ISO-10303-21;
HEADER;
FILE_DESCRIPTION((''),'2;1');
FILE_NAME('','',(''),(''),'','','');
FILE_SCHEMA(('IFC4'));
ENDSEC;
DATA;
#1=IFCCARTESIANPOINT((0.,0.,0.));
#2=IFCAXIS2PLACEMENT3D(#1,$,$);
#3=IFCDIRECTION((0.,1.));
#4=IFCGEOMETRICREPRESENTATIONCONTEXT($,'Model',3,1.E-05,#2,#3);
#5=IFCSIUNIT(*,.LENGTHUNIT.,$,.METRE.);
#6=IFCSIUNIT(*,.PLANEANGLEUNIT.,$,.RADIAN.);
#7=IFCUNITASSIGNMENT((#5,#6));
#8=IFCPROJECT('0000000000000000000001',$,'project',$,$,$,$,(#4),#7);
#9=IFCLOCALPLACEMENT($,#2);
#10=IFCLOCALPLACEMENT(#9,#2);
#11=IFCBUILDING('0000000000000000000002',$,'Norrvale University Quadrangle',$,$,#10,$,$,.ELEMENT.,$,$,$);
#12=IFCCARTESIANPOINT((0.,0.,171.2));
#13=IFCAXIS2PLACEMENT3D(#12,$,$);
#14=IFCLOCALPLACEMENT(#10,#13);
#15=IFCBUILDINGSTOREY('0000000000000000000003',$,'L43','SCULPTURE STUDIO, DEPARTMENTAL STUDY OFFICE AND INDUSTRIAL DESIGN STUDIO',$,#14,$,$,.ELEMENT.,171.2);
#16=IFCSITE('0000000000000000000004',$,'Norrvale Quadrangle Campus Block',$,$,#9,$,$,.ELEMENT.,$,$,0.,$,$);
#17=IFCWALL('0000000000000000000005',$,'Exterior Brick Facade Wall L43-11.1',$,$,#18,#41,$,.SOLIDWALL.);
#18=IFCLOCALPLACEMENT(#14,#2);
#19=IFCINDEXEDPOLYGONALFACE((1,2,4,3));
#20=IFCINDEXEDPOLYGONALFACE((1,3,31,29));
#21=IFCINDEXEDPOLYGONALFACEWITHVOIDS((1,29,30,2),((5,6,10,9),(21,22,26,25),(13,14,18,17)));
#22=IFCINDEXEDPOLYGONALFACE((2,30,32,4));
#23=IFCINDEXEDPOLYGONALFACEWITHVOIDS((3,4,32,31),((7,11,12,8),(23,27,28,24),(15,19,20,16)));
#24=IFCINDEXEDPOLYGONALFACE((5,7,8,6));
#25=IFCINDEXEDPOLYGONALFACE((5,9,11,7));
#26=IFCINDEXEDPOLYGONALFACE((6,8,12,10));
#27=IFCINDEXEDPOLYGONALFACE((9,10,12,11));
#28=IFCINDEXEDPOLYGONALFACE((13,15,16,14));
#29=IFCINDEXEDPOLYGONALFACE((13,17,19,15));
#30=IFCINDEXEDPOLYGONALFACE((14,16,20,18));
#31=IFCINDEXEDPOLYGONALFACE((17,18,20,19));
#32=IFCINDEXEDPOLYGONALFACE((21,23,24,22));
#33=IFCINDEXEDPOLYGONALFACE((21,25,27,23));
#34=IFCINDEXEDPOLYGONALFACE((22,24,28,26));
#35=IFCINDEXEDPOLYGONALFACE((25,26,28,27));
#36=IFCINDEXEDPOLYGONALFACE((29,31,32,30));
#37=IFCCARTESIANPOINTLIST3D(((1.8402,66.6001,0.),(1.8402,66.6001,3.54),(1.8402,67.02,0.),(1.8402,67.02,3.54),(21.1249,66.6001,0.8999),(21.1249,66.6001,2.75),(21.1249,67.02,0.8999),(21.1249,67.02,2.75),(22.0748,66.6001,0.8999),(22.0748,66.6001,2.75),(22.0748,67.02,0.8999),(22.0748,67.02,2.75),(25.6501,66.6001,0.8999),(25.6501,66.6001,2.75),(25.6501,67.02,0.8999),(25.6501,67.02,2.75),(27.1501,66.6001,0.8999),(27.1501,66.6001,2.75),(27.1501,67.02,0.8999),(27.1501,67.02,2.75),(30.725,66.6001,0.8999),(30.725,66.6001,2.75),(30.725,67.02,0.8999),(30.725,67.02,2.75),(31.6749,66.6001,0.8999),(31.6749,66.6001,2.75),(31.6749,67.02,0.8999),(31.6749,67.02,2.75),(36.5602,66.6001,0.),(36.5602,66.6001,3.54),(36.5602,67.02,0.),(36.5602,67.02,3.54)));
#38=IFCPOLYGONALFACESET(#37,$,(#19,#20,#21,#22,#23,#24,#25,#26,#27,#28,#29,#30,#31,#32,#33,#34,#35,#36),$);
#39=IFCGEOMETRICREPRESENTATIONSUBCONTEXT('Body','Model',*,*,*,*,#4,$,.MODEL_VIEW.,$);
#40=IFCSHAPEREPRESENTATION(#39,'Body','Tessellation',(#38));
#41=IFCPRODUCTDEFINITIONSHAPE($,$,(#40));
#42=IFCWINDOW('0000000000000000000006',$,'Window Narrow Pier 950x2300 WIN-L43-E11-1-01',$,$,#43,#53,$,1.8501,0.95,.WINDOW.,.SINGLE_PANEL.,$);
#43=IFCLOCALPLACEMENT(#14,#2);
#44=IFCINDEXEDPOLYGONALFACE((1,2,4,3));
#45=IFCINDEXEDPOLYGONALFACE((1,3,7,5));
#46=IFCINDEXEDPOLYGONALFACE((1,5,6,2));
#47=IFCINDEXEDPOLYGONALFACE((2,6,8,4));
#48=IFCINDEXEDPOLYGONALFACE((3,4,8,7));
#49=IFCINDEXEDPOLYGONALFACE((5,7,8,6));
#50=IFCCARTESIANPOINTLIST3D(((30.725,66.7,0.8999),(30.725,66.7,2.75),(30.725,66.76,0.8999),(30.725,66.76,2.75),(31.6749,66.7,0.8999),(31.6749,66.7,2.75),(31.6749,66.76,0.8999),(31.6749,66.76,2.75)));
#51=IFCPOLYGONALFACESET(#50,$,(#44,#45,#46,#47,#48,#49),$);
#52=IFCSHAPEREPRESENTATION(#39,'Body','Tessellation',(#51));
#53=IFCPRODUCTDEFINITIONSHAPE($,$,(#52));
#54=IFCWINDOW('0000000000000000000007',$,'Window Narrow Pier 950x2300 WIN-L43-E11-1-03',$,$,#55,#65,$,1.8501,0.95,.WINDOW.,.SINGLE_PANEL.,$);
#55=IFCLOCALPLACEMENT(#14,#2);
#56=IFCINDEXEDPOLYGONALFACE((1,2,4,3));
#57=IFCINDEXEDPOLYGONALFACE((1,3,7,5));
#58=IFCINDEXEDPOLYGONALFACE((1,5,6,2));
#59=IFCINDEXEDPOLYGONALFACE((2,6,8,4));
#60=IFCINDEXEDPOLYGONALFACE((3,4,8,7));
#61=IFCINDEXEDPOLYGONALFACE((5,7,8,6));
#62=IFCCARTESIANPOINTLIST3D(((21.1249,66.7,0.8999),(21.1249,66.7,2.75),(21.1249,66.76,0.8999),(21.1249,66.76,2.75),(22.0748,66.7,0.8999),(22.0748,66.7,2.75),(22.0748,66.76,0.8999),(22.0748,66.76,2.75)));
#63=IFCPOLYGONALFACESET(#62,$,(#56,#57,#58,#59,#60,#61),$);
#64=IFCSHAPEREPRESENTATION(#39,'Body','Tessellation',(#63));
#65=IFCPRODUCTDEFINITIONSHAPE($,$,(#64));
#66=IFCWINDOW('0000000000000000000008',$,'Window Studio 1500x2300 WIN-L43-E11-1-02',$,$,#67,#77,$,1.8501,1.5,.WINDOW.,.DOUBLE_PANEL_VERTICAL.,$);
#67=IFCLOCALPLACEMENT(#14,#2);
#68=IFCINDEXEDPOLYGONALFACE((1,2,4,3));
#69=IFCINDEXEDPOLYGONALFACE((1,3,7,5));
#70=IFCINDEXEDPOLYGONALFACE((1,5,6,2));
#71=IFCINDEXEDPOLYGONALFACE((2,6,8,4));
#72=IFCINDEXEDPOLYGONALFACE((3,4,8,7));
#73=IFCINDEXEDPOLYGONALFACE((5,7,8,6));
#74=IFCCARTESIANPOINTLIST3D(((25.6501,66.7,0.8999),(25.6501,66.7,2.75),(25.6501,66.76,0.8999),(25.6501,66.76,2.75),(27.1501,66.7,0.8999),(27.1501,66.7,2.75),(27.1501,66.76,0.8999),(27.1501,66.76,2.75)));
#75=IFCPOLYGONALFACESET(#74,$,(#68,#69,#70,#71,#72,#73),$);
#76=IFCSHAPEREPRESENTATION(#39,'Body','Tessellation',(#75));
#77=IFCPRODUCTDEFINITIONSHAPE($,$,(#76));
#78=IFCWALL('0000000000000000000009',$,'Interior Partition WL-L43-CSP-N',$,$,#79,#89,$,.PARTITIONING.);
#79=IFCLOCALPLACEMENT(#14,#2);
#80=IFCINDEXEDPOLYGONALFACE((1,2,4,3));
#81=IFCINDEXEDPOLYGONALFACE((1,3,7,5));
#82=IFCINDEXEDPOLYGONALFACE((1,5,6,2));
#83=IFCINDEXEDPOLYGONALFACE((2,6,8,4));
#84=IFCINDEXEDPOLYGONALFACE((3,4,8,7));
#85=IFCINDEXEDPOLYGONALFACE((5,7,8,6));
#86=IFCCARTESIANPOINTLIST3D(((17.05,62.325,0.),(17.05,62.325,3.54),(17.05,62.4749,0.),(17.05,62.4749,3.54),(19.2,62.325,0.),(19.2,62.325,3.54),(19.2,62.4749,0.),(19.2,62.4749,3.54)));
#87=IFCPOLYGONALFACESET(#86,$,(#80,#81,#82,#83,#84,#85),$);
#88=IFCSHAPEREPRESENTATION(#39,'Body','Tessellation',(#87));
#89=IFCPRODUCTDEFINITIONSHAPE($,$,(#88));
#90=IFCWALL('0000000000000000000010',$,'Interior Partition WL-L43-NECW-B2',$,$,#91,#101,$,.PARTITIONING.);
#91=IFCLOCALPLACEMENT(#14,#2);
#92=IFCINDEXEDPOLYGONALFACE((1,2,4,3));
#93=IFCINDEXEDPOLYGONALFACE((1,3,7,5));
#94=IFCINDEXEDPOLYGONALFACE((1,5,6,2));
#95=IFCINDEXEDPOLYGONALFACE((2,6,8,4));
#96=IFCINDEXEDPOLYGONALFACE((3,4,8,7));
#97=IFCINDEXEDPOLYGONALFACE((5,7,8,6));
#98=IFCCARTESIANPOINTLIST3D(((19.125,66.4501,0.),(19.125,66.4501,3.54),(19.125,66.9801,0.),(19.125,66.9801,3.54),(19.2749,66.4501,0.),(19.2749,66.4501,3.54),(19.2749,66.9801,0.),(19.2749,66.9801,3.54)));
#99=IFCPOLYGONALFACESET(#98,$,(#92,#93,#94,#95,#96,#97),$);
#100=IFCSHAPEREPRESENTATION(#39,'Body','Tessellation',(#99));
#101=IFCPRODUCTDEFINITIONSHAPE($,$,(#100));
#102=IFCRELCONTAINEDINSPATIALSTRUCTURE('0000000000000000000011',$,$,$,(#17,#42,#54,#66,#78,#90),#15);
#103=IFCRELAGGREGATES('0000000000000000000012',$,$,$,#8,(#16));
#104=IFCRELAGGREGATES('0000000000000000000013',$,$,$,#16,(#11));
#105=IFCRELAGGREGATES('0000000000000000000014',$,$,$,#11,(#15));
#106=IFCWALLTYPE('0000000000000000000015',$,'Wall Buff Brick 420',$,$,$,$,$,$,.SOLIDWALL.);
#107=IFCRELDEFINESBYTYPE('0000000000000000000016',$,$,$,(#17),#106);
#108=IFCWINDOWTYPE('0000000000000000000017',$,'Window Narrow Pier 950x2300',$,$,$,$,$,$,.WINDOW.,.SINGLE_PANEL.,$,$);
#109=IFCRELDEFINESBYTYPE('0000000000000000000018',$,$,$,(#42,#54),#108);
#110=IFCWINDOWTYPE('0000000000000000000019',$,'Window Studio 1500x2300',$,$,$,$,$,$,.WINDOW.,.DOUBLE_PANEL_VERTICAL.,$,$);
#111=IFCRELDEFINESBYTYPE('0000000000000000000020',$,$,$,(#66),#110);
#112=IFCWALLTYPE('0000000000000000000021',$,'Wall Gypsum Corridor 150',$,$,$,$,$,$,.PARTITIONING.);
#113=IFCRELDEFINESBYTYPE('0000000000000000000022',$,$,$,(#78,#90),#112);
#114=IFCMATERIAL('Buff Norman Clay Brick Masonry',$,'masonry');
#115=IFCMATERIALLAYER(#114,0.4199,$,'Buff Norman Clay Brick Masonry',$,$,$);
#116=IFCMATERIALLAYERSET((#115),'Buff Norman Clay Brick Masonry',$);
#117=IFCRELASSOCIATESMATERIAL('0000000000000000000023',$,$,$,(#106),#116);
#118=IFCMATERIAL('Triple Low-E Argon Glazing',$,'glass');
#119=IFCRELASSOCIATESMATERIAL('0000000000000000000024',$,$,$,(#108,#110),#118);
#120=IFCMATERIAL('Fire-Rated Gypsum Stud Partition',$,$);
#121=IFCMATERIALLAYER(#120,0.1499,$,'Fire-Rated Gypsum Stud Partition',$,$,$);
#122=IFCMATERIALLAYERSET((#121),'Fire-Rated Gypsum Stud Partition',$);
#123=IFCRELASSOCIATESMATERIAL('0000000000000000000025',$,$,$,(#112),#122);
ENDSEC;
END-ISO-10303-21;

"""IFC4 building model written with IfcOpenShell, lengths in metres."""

from ifc_helpers import new_model, si_unit, direction, frame, frame_2d, origin, place, context, subcontext, project, spatial, rectangle, extrude, material, layer, layer_set, type_object, element, fill, save


model = new_model("IFC4")

# Units and contexts
model_context = context("Model", 3, precision=1e-05, world=origin(), true_north=direction((0.0, 1.0)))
body_context = subcontext(model_context, "Body", "Model", "MODEL_VIEW")
ifc_project = project(units=[si_unit("LENGTHUNIT", "METRE"), si_unit("PLANEANGLEUNIT", "RADIAN")], contexts=[model_context])

# Site, building, storey
site_placement = place(None, origin())
site = spatial("IfcSite", under=ifc_project, at=site_placement, Name="Norrvale Quadrangle Campus Block", CompositionType="ELEMENT", RefElevation=0.0)
building_placement = place(site_placement, origin())
building = spatial("IfcBuilding", under=site, at=building_placement, Name="Norrvale University Quadrangle", CompositionType="ELEMENT")
storey_placement = place(building_placement, frame((0.0, 0.0, 171.2)))
storey = spatial("IfcBuildingStorey", under=building, at=storey_placement, Name="L43", Description="SCULPTURE STUDIO, DEPARTMENTAL STUDY OFFICE AND INDUSTRIAL DESIGN STUDIO", CompositionType="ELEMENT", Elevation=171.2)

# Shared definitions
ifc_material_1 = material(Name="Buff Norman Clay Brick Masonry", Category="masonry")
ifc_layer_1 = layer(ifc_material_1, 0.4199, Name="Buff Norman Clay Brick Masonry")
ifc_layer_set_1 = layer_set([ifc_layer_1], Name="Buff Norman Clay Brick Masonry")
wall_type_1 = type_object("IfcWallType", Name="Wall Buff Brick 420", PredefinedType="SOLIDWALL", material=ifc_layer_set_1)

# Wall, openings, windows
wall_1_placement = place(storey_placement, frame((36.5601, 66.8101, 0.0), z_axis=(0.0, 0.0, 1.0), x_axis=(-1.0, 0.0, 0.0)))
wall_1 = element("IfcWall", 1, at=wall_1_placement, inside=storey, type_object=wall_type_1, Name="Exterior Brick Facade Wall L43-11.1", PredefinedType="SOLIDWALL", context=body_context, shape_type="SweptSolid", body=[
    extrude(rectangle(XDim=34.72, YDim=0.4199, at=frame_2d((17.3599, 0.0))), origin(), (0.0, 0.0, 1.0), 3.54),
])
opening_1_placement = place(wall_1_placement, frame((4.885, 0.0, 0.8999)))
opening_1 = element("IfcOpeningElement", 2, at=opening_1_placement, cuts=wall_1, PredefinedType="OPENING", context=body_context, shape_type="SweptSolid", body=[
    extrude(rectangle(XDim=0.95, YDim=1.8501, at=frame_2d((0.4751, 0.925))), frame((0.0, 0.2219, 0.0), z_axis=(0.0, -1.0, 0.0), x_axis=(1.0, 0.0, 0.0)), (0.0, 0.0, 1.0), 0.4438),
])
opening_2_placement = place(wall_1_placement, frame((9.4099, 0.0, 0.8999)))
opening_2 = element("IfcOpeningElement", 3, at=opening_2_placement, cuts=wall_1, PredefinedType="OPENING", context=body_context, shape_type="SweptSolid", body=[
    extrude(rectangle(XDim=1.5, YDim=1.8501, at=frame_2d((0.75, 0.925))), frame((0.0, 0.2219, 0.0), z_axis=(0.0, -1.0, 0.0), x_axis=(1.0, 0.0, 0.0)), (0.0, 0.0, 1.0), 0.4438),
])
opening_3_placement = place(wall_1_placement, frame((14.4851, 0.0, 0.8999)))
opening_3 = element("IfcOpeningElement", 4, at=opening_3_placement, cuts=wall_1, PredefinedType="OPENING", context=body_context, shape_type="SweptSolid", body=[
    extrude(rectangle(XDim=0.95, YDim=1.8501, at=frame_2d((0.4751, 0.925))), frame((0.0, 0.2219, 0.0), z_axis=(0.0, -1.0, 0.0), x_axis=(1.0, 0.0, 0.0)), (0.0, 0.0, 1.0), 0.4438),
])
ifc_material_2 = material(Name="Triple Low-E Argon Glazing", Category="glass")
window_type_1 = type_object("IfcWindowType", Name="Window Narrow Pier 950x2300", PartitioningType="SINGLE_PANEL", PredefinedType="WINDOW", material=ifc_material_2)
window_1_placement = place(opening_1_placement, origin())
window_1 = element("IfcWindow", 5, at=window_1_placement, inside=storey, type_object=window_type_1, Name="Window Narrow Pier 950x2300 WIN-L43-E11-1-01", OverallHeight=1.8501, OverallWidth=0.95, PartitioningType="SINGLE_PANEL", PredefinedType="WINDOW", context=body_context, shape_type="SweptSolid", body=[
    extrude(rectangle(XDim=0.95, YDim=1.8501, at=frame_2d((0.4751, 0.925))), frame((0.0, 0.1101, 0.0), z_axis=(0.0, -1.0, 0.0), x_axis=(1.0, 0.0, 0.0)), (0.0, 0.0, 1.0), 0.0601),
])
fill(opening_1, window_1)
window_2_placement = place(opening_3_placement, origin())
window_2 = element("IfcWindow", 6, at=window_2_placement, inside=storey, type_object=window_type_1, Name="Window Narrow Pier 950x2300 WIN-L43-E11-1-03", OverallHeight=1.8501, OverallWidth=0.95, PartitioningType="SINGLE_PANEL", PredefinedType="WINDOW", context=body_context, shape_type="SweptSolid", body=[
    extrude(rectangle(XDim=0.95, YDim=1.8501, at=frame_2d((0.4751, 0.925))), frame((0.0, 0.1101, 0.0), z_axis=(0.0, -1.0, 0.0), x_axis=(1.0, 0.0, 0.0)), (0.0, 0.0, 1.0), 0.0601),
])
fill(opening_3, window_2)
window_type_2 = type_object("IfcWindowType", Name="Window Studio 1500x2300", PartitioningType="DOUBLE_PANEL_VERTICAL", PredefinedType="WINDOW", material=ifc_material_2)
window_3_placement = place(opening_2_placement, origin())
window_3 = element("IfcWindow", 7, at=window_3_placement, inside=storey, type_object=window_type_2, Name="Window Studio 1500x2300 WIN-L43-E11-1-02", OverallHeight=1.8501, OverallWidth=1.5, PartitioningType="DOUBLE_PANEL_VERTICAL", PredefinedType="WINDOW", context=body_context, shape_type="SweptSolid", body=[
    extrude(rectangle(XDim=1.5, YDim=1.8501, at=frame_2d((0.75, 0.925))), frame((0.0, 0.1101, 0.0), z_axis=(0.0, -1.0, 0.0), x_axis=(1.0, 0.0, 0.0)), (0.0, 0.0, 1.0), 0.0601),
])
fill(opening_2, window_3)

# Walls
ifc_material_3 = material(Name="Fire-Rated Gypsum Stud Partition")
ifc_layer_2 = layer(ifc_material_3, 0.1499, Name="Fire-Rated Gypsum Stud Partition")
ifc_layer_set_2 = layer_set([ifc_layer_2], Name="Fire-Rated Gypsum Stud Partition")
wall_type_2 = type_object("IfcWallType", Name="Wall Gypsum Corridor 150", PredefinedType="PARTITIONING", material=ifc_layer_set_2)
wall_2_placement = place(storey_placement, frame((17.05, 62.3999, 0.0), z_axis=(0.0, 0.0, 1.0), x_axis=(1.0, 0.0, 0.0)))
element("IfcWall", 8, at=wall_2_placement, inside=storey, type_object=wall_type_2, Name="Interior Partition WL-L43-CSP-N", PredefinedType="PARTITIONING", context=body_context, shape_type="SweptSolid", body=[
    extrude(rectangle(XDim=2.1499, YDim=0.1499, at=frame_2d((1.075, 0.0))), origin(), (0.0, 0.0, 1.0), 3.54),
])
wall_3_placement = place(storey_placement, frame((19.2, 66.45, 0.0), z_axis=(0.0, 0.0, 1.0), x_axis=(0.0, 1.0, 0.0)))
element("IfcWall", 9, at=wall_3_placement, inside=storey, type_object=wall_type_2, Name="Interior Partition WL-L43-NECW-B2", PredefinedType="PARTITIONING", context=body_context, shape_type="SweptSolid", body=[
    extrude(rectangle(XDim=0.53, YDim=0.1499, at=frame_2d((0.2651, 0.0))), origin(), (0.0, 0.0, 1.0), 3.54),
])

save(model, "model.ifc")
